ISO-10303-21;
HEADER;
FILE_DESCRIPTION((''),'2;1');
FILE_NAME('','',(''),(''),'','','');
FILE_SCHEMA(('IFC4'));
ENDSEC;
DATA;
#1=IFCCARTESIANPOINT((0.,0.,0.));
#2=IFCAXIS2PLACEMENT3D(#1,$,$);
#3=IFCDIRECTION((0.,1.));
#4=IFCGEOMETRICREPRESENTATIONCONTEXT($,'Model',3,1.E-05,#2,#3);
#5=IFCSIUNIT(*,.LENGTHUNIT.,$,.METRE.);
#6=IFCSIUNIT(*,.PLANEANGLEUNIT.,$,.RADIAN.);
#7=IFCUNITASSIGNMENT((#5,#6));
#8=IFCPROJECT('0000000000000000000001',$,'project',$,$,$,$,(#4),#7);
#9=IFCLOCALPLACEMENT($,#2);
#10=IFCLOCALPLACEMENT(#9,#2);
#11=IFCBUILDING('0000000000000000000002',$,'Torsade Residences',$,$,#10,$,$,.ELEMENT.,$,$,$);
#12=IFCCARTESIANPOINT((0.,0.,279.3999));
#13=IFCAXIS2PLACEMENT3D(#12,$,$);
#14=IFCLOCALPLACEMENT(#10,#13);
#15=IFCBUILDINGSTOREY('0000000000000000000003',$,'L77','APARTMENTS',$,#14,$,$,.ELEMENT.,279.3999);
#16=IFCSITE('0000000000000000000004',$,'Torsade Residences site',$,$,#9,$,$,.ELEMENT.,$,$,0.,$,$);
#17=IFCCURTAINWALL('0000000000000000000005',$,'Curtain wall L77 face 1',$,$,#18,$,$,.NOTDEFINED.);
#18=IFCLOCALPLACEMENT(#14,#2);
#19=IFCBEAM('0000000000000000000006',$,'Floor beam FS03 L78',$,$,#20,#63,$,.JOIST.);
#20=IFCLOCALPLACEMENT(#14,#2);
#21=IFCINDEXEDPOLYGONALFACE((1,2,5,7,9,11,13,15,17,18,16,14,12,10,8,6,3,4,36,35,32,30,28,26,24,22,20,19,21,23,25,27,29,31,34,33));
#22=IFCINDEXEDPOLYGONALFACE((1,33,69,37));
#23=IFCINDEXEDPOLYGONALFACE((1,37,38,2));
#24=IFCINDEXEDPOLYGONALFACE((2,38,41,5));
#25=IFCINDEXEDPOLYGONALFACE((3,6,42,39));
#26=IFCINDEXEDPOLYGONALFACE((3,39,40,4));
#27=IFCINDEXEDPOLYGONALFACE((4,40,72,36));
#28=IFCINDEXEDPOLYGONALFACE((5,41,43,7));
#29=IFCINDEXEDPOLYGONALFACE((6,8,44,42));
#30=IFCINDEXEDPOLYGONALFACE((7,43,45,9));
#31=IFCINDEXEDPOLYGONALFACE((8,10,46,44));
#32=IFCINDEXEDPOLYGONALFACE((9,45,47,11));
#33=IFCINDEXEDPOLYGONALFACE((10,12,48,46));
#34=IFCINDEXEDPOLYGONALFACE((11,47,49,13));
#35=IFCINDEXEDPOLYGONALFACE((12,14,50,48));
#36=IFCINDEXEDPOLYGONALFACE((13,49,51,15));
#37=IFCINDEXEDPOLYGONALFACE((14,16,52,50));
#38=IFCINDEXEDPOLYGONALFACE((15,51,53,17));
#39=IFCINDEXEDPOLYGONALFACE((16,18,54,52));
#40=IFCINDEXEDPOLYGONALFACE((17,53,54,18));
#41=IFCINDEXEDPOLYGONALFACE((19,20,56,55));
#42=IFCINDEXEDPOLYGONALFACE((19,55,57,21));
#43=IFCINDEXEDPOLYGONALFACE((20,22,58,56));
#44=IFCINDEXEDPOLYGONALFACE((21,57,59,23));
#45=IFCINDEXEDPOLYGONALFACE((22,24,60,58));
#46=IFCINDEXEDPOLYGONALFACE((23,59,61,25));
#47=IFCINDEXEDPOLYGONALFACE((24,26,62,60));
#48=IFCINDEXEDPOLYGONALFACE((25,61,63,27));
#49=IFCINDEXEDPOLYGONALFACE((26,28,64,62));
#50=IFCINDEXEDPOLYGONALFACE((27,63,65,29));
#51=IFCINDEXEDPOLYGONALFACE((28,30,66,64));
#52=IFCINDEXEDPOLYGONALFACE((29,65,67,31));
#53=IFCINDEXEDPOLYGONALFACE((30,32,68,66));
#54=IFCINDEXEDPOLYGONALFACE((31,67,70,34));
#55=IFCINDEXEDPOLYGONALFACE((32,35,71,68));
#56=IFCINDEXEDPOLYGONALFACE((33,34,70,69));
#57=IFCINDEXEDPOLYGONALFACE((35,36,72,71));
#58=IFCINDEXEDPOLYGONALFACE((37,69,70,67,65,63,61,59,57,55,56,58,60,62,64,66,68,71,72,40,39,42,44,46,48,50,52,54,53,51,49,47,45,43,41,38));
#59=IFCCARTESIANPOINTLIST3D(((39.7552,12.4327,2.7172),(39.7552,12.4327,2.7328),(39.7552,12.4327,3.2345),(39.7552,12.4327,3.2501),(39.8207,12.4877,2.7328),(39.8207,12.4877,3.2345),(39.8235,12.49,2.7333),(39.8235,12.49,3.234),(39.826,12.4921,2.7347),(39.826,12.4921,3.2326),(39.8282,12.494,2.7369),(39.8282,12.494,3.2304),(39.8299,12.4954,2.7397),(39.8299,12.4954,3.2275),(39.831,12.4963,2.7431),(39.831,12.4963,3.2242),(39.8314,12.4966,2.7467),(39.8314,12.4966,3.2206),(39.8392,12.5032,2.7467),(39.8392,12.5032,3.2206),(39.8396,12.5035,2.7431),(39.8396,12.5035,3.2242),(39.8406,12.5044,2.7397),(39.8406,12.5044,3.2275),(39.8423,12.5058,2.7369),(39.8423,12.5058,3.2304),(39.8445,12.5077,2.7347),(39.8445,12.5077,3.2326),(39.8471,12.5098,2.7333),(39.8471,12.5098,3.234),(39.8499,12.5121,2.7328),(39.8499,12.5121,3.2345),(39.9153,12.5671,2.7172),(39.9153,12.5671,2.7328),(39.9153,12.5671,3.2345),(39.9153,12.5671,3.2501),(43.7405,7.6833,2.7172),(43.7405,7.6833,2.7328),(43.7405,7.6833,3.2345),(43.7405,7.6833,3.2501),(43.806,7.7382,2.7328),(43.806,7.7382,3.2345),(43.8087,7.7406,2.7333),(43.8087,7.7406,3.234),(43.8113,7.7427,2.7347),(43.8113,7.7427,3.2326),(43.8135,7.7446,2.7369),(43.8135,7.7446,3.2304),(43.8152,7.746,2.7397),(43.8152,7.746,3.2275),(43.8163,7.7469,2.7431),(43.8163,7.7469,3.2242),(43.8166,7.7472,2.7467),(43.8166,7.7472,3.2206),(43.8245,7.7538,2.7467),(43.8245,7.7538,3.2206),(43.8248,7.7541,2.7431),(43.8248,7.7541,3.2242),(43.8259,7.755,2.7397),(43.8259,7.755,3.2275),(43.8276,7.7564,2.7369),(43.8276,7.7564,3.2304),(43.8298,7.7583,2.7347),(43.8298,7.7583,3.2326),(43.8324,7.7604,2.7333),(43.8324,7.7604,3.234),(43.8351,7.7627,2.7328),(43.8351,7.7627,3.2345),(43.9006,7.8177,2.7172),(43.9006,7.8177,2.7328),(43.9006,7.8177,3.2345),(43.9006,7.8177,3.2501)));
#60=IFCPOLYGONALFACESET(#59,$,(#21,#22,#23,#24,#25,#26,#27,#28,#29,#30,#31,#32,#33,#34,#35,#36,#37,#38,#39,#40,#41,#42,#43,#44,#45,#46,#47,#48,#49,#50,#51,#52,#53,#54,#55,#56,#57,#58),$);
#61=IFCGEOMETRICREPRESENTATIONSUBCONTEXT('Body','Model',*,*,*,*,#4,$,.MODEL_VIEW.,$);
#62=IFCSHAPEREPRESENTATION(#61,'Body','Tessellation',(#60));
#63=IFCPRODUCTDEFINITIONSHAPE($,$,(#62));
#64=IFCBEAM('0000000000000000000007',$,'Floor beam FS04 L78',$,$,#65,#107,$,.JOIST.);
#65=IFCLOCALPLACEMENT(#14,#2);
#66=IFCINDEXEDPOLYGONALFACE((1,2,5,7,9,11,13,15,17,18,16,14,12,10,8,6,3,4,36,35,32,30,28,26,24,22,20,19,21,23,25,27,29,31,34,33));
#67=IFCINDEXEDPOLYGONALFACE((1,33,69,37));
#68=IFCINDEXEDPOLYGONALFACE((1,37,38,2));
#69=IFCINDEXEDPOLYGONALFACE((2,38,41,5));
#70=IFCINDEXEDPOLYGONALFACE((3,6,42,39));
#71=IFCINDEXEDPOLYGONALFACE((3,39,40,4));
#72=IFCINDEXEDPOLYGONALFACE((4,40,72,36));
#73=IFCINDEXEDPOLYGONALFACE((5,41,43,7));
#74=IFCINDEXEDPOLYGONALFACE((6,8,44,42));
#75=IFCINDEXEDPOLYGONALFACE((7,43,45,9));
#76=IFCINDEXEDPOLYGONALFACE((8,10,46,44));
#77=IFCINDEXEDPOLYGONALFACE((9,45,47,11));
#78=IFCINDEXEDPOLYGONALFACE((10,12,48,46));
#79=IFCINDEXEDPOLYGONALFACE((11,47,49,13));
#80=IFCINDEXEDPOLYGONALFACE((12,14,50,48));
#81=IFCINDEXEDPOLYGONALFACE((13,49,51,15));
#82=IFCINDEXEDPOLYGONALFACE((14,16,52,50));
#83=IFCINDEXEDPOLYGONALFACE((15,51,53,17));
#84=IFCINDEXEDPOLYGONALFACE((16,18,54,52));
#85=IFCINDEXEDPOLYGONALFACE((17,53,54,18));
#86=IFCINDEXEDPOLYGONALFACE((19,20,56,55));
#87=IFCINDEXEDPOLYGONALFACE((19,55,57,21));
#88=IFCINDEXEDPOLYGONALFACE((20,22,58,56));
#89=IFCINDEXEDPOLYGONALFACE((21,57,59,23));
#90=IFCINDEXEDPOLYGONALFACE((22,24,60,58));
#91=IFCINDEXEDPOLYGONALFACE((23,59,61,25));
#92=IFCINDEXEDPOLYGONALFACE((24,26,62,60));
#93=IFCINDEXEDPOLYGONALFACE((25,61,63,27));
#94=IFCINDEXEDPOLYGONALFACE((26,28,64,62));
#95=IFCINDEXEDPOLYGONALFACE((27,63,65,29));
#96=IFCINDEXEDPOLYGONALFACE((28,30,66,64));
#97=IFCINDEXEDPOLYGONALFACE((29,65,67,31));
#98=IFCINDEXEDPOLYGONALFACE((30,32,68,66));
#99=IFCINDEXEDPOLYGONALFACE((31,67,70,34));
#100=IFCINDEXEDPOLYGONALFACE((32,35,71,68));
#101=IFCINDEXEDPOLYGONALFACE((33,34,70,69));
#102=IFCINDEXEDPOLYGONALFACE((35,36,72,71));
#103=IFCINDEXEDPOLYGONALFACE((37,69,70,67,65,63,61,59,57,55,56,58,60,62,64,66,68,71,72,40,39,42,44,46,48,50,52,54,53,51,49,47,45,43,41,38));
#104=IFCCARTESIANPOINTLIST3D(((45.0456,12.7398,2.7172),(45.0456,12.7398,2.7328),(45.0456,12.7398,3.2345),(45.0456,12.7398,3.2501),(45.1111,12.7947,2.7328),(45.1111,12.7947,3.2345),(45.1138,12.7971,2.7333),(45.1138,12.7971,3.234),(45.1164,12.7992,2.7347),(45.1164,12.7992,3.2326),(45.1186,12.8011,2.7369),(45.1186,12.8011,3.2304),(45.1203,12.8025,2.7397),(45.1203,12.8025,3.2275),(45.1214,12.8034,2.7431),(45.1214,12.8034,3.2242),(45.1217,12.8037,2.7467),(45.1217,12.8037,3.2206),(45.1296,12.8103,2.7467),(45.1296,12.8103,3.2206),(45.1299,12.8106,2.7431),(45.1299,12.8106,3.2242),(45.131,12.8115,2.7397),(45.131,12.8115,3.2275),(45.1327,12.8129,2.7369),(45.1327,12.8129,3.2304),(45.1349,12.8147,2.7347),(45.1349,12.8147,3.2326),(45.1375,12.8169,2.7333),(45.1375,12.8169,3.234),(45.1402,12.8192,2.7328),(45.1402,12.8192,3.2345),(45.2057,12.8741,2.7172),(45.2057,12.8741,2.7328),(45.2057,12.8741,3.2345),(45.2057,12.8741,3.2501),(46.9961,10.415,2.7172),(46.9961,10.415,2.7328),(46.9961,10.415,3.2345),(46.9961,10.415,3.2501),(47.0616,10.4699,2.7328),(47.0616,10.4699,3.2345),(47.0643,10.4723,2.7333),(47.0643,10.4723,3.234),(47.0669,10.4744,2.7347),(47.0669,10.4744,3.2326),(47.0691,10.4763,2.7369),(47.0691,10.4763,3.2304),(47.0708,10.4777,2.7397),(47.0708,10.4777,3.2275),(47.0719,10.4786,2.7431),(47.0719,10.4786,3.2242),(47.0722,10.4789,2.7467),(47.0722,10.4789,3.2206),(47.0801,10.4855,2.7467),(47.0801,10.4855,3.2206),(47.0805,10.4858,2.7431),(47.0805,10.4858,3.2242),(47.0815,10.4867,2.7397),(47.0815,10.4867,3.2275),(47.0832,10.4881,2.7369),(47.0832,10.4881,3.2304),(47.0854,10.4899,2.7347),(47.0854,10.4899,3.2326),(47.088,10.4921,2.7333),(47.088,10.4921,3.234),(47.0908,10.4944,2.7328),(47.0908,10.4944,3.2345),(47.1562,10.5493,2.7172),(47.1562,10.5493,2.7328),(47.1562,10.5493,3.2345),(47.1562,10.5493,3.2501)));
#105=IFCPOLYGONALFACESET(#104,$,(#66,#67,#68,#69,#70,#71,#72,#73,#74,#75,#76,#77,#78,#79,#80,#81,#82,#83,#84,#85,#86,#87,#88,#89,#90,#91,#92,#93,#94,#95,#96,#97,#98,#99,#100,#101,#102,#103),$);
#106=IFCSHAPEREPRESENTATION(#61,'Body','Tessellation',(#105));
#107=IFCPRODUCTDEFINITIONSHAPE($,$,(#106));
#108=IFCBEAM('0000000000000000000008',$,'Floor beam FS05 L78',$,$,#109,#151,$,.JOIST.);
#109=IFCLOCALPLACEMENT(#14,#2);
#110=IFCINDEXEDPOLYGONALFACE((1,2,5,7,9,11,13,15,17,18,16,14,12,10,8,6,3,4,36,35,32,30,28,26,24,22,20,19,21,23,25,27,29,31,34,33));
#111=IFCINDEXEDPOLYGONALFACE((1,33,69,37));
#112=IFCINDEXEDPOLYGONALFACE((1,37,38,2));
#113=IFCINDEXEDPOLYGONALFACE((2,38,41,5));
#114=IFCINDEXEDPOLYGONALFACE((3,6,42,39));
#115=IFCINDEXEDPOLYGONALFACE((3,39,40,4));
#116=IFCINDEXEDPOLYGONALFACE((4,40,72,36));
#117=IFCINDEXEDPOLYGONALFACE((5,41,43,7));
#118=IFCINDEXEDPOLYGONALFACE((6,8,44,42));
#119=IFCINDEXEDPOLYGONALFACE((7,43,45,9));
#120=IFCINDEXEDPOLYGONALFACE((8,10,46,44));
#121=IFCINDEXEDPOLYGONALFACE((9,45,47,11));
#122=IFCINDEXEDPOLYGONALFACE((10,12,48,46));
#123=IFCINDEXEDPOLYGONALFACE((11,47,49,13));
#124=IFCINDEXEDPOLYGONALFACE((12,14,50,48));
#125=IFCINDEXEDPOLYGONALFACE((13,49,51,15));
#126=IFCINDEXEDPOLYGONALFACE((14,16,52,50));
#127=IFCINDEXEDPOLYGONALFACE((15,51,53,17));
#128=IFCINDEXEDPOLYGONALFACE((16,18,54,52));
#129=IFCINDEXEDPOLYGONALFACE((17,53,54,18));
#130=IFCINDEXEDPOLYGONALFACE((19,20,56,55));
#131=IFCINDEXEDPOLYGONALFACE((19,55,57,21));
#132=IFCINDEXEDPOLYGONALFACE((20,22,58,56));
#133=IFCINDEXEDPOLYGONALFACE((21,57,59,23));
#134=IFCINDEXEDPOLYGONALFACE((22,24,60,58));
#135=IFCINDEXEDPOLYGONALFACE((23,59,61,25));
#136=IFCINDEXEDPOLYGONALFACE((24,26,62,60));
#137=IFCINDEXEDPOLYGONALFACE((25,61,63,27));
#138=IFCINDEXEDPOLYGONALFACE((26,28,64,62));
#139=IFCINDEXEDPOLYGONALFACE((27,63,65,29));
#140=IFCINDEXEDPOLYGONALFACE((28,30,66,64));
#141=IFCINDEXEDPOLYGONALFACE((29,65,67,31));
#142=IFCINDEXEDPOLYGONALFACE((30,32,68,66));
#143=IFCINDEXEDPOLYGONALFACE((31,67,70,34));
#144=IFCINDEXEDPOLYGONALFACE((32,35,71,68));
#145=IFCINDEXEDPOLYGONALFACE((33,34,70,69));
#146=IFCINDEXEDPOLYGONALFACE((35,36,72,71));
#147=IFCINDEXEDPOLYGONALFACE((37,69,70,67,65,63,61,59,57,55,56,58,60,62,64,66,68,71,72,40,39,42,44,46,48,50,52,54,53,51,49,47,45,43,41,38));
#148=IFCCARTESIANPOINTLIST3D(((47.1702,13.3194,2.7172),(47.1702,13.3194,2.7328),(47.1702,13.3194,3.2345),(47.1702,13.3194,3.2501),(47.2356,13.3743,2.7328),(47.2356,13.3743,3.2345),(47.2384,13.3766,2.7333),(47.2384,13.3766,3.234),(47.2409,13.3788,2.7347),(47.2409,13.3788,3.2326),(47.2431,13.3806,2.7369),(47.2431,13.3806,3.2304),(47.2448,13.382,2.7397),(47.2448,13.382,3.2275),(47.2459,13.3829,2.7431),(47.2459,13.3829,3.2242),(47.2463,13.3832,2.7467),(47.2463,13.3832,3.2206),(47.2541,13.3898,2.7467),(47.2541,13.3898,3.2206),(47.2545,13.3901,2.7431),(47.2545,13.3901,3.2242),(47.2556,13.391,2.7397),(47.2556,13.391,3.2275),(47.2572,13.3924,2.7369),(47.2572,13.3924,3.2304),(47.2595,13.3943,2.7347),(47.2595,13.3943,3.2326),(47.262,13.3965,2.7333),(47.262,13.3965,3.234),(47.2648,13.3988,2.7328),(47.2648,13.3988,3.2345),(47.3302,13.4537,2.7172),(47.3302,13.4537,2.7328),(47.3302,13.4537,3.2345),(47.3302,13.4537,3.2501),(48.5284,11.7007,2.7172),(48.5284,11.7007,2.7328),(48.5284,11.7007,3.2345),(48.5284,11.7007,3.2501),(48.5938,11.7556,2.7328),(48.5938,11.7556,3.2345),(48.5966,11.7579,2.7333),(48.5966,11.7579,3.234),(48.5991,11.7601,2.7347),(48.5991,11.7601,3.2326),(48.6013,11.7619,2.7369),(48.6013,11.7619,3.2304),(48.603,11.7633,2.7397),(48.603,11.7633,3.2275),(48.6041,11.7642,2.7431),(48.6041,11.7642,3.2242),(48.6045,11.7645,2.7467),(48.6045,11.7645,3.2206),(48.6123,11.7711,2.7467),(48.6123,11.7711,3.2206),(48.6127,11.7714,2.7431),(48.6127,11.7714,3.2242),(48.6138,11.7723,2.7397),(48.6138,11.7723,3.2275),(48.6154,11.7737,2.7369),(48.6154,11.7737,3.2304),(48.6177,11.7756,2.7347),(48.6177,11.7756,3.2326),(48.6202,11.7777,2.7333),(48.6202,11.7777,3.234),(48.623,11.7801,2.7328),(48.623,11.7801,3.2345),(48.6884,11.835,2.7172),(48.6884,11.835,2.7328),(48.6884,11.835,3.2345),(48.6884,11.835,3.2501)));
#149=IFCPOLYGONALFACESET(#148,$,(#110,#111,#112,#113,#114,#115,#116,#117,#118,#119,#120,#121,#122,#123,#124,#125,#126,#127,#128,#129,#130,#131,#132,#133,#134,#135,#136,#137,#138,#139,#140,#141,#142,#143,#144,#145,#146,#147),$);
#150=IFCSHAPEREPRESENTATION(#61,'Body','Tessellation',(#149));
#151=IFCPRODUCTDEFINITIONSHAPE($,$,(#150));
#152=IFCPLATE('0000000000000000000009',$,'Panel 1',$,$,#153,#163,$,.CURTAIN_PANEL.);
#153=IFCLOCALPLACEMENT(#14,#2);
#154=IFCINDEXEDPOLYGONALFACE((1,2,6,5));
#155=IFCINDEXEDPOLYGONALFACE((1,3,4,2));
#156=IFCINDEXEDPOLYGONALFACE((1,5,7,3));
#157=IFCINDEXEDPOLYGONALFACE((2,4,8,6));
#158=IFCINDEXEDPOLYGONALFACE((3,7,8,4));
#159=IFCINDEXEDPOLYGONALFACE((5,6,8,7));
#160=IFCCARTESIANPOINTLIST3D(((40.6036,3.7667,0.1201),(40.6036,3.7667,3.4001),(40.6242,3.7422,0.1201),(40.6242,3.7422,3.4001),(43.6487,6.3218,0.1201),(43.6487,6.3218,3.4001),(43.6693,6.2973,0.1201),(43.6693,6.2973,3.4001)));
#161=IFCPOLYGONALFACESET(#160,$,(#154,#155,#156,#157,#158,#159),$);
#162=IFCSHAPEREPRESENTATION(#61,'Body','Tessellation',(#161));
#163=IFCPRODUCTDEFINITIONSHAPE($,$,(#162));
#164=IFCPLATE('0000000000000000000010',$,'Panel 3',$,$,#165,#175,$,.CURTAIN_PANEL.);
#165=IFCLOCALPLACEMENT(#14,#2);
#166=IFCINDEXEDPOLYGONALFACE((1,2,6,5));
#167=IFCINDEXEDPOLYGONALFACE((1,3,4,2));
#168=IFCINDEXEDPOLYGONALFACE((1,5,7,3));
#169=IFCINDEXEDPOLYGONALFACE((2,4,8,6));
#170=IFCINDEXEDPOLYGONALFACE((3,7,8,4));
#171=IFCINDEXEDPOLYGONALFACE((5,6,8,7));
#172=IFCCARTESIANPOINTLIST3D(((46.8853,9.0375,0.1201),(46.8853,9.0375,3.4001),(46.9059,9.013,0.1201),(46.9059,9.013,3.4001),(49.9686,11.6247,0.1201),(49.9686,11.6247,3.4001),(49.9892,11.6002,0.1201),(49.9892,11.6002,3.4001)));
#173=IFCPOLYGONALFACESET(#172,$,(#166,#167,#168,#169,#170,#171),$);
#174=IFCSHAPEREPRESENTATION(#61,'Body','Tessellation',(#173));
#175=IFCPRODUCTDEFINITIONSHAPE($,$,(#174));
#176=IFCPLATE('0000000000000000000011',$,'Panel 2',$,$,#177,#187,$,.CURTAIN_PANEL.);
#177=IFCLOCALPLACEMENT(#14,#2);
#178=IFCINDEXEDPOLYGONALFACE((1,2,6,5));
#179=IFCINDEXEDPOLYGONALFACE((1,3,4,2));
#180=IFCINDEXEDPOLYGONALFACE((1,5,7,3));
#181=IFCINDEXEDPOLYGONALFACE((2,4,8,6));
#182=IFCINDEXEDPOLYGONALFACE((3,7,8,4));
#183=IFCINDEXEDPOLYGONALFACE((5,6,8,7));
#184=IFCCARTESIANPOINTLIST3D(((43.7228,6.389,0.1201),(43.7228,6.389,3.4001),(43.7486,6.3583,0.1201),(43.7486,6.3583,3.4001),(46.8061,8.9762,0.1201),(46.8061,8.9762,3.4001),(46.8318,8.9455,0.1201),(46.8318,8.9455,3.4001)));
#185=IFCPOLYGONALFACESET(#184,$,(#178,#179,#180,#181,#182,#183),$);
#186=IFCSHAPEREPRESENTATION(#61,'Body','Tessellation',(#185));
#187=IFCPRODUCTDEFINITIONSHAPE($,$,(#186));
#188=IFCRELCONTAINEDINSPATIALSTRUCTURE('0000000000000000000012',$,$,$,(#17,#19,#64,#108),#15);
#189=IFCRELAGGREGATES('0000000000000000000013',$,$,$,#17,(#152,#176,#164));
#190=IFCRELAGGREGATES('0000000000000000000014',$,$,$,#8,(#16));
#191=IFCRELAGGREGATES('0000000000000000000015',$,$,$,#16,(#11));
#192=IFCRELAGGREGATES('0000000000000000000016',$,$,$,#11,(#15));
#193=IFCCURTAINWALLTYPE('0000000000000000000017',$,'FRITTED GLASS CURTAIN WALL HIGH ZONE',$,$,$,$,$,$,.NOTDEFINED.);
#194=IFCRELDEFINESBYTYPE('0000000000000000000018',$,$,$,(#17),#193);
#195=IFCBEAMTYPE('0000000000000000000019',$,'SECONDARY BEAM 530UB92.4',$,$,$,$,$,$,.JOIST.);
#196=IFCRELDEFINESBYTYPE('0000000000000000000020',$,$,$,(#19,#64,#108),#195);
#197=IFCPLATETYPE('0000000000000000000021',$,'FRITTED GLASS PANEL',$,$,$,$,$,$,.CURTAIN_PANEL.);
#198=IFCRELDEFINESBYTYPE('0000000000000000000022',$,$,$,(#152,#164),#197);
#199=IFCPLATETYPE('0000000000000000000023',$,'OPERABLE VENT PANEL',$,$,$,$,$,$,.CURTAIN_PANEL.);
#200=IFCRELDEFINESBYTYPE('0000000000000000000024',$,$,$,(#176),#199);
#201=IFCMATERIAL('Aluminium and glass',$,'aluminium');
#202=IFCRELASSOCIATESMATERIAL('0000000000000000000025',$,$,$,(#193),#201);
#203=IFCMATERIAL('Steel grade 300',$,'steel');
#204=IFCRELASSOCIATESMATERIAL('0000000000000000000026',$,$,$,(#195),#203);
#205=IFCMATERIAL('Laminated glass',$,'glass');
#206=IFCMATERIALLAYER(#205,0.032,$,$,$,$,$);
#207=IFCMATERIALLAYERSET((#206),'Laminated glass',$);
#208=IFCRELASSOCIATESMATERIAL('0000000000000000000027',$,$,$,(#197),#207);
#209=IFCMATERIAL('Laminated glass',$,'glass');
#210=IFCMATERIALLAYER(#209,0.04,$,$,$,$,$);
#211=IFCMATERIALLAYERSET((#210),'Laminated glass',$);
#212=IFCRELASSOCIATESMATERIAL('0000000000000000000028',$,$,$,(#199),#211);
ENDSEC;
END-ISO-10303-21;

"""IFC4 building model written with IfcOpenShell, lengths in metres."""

from ifc_helpers import new_model, si_unit, direction, frame, origin, origin_2d, place, context, subcontext, project, spatial, rectangle, i_section, extrude, material, layer, layer_set, material_profile, profile_set, type_object, element, aggregate, save


model = new_model("IFC4")

# Units and contexts
model_context = context("Model", 3, precision=1e-05, world=origin(), true_north=direction((0.0, 1.0)))
body_context = subcontext(model_context, "Body", "Model", "MODEL_VIEW")
ifc_project = project(units=[si_unit("LENGTHUNIT", "METRE"), si_unit("PLANEANGLEUNIT", "RADIAN")], contexts=[model_context])

# Site, building, storey
site_placement = place(None, origin())
site = spatial("IfcSite", under=ifc_project, at=site_placement, Name="Torsade Residences site", CompositionType="ELEMENT", RefElevation=0.0)
building_placement = place(site_placement, origin())
building = spatial("IfcBuilding", under=site, at=building_placement, Name="Torsade Residences", CompositionType="ELEMENT")
storey_placement = place(building_placement, frame((0.0, 0.0, 279.3999)))
storey = spatial("IfcBuildingStorey", under=building, at=storey_placement, Name="L77", Description="APARTMENTS", CompositionType="ELEMENT", Elevation=279.3999)

# Curtain wall
ifc_material_1 = material(Name="Aluminium and glass", Category="aluminium")
curtain_wall_type = type_object("IfcCurtainWallType", Name="FRITTED GLASS CURTAIN WALL HIGH ZONE", PredefinedType="NOTDEFINED", material=ifc_material_1)
curtain_wall_placement = place(storey_placement, origin())
curtain_wall = element("IfcCurtainWall", 1, at=curtain_wall_placement, inside=storey, type_object=curtain_wall_type, Name="Curtain wall L77 face 1", PredefinedType="NOTDEFINED")

# Beams
ifc_material_2 = material(Name="Steel grade 300", Category="steel")
ifc_material_profile_1 = material_profile(ifc_material_2, i_section(OverallWidth=0.209, OverallDepth=0.533, WebThickness=0.0103, FlangeThickness=0.0156, FilletRadius=0.0139, at=origin_2d()), Name="530UB92.4")
ifc_profile_set_1 = profile_set([ifc_material_profile_1], Name="Steel grade 300")
beam_type_1 = type_object("IfcBeamType", Name="SECONDARY BEAM 530UB92.4", PredefinedType="JOIST", material=ifc_profile_set_1)
beam_1_placement = place(storey_placement, frame((43.8206, 7.7505, 2.9836), z_axis=(-0.642791, 0.766041, 0.0), x_axis=(-0.766041, -0.642791, 0.0)))
element("IfcBeam", 2, at=beam_1_placement, inside=storey, type_object=beam_type_1, Name="Floor beam FS03 L78", PredefinedType="JOIST", context=body_context, shape_type="SweptSolid", body=[
    extrude(i_section(OverallWidth=0.209, OverallDepth=0.533, WebThickness=0.0103, FlangeThickness=0.0156, FilletRadius=0.0139, at=origin_2d()), origin(), (0.0, 0.0, 1.0), 6.2),
])
beam_2_placement = place(storey_placement, frame((47.0762, 10.4822, 2.9836), z_axis=(-0.642745, 0.76608, 0.0), x_axis=(-0.76608, -0.642745, 0.0)))
element("IfcBeam", 3, at=beam_2_placement, inside=storey, type_object=beam_type_1, Name="Floor beam FS04 L78", PredefinedType="JOIST", context=body_context, shape_type="SweptSolid", body=[
    extrude(i_section(OverallWidth=0.209, OverallDepth=0.533, WebThickness=0.0103, FlangeThickness=0.0156, FilletRadius=0.0139, at=origin_2d()), origin(), (0.0, 0.0, 1.0), 3.0347),
])
beam_3_placement = place(storey_placement, frame((48.6084, 11.7678, 2.9836), z_axis=(-0.642772, 0.766058, 0.0), x_axis=(-0.766058, -0.642772, 0.0)))
element("IfcBeam", 4, at=beam_3_placement, inside=storey, type_object=beam_type_1, Name="Floor beam FS05 L78", PredefinedType="JOIST", context=body_context, shape_type="SweptSolid", body=[
    extrude(i_section(OverallWidth=0.209, OverallDepth=0.533, WebThickness=0.0103, FlangeThickness=0.0156, FilletRadius=0.0139, at=origin_2d()), origin(), (0.0, 0.0, 1.0), 2.113),
])

# Plates
ifc_material_3 = material(Name="Laminated glass", Category="glass")
ifc_layer_1 = layer(ifc_material_3, 0.032)
ifc_layer_set_1 = layer_set([ifc_layer_1], Name="Laminated glass")
plate_type_1 = type_object("IfcPlateType", Name="FRITTED GLASS PANEL", PredefinedType="CURTAIN_PANEL", material=ifc_layer_set_1)
plate_1_placement = place(storey_placement, frame((42.1365, 5.032, 0.1201), z_axis=(0.0, 0.0, 1.0), x_axis=(0.766044, 0.642788, 0.0)))
plate_1 = element("IfcPlate", 5, at=plate_1_placement, type_object=plate_type_1, Name="Panel 1", PredefinedType="CURTAIN_PANEL", context=body_context, shape_type="SweptSolid", body=[
    extrude(rectangle(XDim=3.9751, YDim=0.032, at=origin_2d()), origin(), (0.0, 0.0, 1.0), 3.28),
])
plate_2_placement = place(storey_placement, frame((48.4373, 10.3188, 0.1201), z_axis=(0.0, 0.0, 1.0), x_axis=(0.766044, 0.642788, 0.0)))
plate_2 = element("IfcPlate", 6, at=plate_2_placement, type_object=plate_type_1, Name="Panel 3", PredefinedType="CURTAIN_PANEL", context=body_context, shape_type="SweptSolid", body=[
    extrude(rectangle(XDim=4.0249, YDim=0.032, at=origin_2d()), origin(), (0.0, 0.0, 1.0), 3.28),
])
ifc_material_4 = material(Name="Laminated glass", Category="glass")
ifc_layer_2 = layer(ifc_material_4, 0.04)
ifc_layer_set_2 = layer_set([ifc_layer_2], Name="Laminated glass")
plate_type_2 = type_object("IfcPlateType", Name="OPERABLE VENT PANEL", PredefinedType="CURTAIN_PANEL", material=ifc_layer_set_2)
plate_3_placement = place(storey_placement, frame((45.2773, 7.6672, 0.1201), z_axis=(0.0, 0.0, 1.0), x_axis=(0.766044, 0.642788, 0.0)))
plate_3 = element("IfcPlate", 7, at=plate_3_placement, type_object=plate_type_2, Name="Panel 2", PredefinedType="CURTAIN_PANEL", context=body_context, shape_type="SweptSolid", body=[
    extrude(rectangle(XDim=4.0249, YDim=0.04, at=origin_2d()), origin(), (0.0, 0.0, 1.0), 3.28),
])
aggregate(curtain_wall, [plate_1, plate_3, plate_2])

save(model, "model.ifc")
